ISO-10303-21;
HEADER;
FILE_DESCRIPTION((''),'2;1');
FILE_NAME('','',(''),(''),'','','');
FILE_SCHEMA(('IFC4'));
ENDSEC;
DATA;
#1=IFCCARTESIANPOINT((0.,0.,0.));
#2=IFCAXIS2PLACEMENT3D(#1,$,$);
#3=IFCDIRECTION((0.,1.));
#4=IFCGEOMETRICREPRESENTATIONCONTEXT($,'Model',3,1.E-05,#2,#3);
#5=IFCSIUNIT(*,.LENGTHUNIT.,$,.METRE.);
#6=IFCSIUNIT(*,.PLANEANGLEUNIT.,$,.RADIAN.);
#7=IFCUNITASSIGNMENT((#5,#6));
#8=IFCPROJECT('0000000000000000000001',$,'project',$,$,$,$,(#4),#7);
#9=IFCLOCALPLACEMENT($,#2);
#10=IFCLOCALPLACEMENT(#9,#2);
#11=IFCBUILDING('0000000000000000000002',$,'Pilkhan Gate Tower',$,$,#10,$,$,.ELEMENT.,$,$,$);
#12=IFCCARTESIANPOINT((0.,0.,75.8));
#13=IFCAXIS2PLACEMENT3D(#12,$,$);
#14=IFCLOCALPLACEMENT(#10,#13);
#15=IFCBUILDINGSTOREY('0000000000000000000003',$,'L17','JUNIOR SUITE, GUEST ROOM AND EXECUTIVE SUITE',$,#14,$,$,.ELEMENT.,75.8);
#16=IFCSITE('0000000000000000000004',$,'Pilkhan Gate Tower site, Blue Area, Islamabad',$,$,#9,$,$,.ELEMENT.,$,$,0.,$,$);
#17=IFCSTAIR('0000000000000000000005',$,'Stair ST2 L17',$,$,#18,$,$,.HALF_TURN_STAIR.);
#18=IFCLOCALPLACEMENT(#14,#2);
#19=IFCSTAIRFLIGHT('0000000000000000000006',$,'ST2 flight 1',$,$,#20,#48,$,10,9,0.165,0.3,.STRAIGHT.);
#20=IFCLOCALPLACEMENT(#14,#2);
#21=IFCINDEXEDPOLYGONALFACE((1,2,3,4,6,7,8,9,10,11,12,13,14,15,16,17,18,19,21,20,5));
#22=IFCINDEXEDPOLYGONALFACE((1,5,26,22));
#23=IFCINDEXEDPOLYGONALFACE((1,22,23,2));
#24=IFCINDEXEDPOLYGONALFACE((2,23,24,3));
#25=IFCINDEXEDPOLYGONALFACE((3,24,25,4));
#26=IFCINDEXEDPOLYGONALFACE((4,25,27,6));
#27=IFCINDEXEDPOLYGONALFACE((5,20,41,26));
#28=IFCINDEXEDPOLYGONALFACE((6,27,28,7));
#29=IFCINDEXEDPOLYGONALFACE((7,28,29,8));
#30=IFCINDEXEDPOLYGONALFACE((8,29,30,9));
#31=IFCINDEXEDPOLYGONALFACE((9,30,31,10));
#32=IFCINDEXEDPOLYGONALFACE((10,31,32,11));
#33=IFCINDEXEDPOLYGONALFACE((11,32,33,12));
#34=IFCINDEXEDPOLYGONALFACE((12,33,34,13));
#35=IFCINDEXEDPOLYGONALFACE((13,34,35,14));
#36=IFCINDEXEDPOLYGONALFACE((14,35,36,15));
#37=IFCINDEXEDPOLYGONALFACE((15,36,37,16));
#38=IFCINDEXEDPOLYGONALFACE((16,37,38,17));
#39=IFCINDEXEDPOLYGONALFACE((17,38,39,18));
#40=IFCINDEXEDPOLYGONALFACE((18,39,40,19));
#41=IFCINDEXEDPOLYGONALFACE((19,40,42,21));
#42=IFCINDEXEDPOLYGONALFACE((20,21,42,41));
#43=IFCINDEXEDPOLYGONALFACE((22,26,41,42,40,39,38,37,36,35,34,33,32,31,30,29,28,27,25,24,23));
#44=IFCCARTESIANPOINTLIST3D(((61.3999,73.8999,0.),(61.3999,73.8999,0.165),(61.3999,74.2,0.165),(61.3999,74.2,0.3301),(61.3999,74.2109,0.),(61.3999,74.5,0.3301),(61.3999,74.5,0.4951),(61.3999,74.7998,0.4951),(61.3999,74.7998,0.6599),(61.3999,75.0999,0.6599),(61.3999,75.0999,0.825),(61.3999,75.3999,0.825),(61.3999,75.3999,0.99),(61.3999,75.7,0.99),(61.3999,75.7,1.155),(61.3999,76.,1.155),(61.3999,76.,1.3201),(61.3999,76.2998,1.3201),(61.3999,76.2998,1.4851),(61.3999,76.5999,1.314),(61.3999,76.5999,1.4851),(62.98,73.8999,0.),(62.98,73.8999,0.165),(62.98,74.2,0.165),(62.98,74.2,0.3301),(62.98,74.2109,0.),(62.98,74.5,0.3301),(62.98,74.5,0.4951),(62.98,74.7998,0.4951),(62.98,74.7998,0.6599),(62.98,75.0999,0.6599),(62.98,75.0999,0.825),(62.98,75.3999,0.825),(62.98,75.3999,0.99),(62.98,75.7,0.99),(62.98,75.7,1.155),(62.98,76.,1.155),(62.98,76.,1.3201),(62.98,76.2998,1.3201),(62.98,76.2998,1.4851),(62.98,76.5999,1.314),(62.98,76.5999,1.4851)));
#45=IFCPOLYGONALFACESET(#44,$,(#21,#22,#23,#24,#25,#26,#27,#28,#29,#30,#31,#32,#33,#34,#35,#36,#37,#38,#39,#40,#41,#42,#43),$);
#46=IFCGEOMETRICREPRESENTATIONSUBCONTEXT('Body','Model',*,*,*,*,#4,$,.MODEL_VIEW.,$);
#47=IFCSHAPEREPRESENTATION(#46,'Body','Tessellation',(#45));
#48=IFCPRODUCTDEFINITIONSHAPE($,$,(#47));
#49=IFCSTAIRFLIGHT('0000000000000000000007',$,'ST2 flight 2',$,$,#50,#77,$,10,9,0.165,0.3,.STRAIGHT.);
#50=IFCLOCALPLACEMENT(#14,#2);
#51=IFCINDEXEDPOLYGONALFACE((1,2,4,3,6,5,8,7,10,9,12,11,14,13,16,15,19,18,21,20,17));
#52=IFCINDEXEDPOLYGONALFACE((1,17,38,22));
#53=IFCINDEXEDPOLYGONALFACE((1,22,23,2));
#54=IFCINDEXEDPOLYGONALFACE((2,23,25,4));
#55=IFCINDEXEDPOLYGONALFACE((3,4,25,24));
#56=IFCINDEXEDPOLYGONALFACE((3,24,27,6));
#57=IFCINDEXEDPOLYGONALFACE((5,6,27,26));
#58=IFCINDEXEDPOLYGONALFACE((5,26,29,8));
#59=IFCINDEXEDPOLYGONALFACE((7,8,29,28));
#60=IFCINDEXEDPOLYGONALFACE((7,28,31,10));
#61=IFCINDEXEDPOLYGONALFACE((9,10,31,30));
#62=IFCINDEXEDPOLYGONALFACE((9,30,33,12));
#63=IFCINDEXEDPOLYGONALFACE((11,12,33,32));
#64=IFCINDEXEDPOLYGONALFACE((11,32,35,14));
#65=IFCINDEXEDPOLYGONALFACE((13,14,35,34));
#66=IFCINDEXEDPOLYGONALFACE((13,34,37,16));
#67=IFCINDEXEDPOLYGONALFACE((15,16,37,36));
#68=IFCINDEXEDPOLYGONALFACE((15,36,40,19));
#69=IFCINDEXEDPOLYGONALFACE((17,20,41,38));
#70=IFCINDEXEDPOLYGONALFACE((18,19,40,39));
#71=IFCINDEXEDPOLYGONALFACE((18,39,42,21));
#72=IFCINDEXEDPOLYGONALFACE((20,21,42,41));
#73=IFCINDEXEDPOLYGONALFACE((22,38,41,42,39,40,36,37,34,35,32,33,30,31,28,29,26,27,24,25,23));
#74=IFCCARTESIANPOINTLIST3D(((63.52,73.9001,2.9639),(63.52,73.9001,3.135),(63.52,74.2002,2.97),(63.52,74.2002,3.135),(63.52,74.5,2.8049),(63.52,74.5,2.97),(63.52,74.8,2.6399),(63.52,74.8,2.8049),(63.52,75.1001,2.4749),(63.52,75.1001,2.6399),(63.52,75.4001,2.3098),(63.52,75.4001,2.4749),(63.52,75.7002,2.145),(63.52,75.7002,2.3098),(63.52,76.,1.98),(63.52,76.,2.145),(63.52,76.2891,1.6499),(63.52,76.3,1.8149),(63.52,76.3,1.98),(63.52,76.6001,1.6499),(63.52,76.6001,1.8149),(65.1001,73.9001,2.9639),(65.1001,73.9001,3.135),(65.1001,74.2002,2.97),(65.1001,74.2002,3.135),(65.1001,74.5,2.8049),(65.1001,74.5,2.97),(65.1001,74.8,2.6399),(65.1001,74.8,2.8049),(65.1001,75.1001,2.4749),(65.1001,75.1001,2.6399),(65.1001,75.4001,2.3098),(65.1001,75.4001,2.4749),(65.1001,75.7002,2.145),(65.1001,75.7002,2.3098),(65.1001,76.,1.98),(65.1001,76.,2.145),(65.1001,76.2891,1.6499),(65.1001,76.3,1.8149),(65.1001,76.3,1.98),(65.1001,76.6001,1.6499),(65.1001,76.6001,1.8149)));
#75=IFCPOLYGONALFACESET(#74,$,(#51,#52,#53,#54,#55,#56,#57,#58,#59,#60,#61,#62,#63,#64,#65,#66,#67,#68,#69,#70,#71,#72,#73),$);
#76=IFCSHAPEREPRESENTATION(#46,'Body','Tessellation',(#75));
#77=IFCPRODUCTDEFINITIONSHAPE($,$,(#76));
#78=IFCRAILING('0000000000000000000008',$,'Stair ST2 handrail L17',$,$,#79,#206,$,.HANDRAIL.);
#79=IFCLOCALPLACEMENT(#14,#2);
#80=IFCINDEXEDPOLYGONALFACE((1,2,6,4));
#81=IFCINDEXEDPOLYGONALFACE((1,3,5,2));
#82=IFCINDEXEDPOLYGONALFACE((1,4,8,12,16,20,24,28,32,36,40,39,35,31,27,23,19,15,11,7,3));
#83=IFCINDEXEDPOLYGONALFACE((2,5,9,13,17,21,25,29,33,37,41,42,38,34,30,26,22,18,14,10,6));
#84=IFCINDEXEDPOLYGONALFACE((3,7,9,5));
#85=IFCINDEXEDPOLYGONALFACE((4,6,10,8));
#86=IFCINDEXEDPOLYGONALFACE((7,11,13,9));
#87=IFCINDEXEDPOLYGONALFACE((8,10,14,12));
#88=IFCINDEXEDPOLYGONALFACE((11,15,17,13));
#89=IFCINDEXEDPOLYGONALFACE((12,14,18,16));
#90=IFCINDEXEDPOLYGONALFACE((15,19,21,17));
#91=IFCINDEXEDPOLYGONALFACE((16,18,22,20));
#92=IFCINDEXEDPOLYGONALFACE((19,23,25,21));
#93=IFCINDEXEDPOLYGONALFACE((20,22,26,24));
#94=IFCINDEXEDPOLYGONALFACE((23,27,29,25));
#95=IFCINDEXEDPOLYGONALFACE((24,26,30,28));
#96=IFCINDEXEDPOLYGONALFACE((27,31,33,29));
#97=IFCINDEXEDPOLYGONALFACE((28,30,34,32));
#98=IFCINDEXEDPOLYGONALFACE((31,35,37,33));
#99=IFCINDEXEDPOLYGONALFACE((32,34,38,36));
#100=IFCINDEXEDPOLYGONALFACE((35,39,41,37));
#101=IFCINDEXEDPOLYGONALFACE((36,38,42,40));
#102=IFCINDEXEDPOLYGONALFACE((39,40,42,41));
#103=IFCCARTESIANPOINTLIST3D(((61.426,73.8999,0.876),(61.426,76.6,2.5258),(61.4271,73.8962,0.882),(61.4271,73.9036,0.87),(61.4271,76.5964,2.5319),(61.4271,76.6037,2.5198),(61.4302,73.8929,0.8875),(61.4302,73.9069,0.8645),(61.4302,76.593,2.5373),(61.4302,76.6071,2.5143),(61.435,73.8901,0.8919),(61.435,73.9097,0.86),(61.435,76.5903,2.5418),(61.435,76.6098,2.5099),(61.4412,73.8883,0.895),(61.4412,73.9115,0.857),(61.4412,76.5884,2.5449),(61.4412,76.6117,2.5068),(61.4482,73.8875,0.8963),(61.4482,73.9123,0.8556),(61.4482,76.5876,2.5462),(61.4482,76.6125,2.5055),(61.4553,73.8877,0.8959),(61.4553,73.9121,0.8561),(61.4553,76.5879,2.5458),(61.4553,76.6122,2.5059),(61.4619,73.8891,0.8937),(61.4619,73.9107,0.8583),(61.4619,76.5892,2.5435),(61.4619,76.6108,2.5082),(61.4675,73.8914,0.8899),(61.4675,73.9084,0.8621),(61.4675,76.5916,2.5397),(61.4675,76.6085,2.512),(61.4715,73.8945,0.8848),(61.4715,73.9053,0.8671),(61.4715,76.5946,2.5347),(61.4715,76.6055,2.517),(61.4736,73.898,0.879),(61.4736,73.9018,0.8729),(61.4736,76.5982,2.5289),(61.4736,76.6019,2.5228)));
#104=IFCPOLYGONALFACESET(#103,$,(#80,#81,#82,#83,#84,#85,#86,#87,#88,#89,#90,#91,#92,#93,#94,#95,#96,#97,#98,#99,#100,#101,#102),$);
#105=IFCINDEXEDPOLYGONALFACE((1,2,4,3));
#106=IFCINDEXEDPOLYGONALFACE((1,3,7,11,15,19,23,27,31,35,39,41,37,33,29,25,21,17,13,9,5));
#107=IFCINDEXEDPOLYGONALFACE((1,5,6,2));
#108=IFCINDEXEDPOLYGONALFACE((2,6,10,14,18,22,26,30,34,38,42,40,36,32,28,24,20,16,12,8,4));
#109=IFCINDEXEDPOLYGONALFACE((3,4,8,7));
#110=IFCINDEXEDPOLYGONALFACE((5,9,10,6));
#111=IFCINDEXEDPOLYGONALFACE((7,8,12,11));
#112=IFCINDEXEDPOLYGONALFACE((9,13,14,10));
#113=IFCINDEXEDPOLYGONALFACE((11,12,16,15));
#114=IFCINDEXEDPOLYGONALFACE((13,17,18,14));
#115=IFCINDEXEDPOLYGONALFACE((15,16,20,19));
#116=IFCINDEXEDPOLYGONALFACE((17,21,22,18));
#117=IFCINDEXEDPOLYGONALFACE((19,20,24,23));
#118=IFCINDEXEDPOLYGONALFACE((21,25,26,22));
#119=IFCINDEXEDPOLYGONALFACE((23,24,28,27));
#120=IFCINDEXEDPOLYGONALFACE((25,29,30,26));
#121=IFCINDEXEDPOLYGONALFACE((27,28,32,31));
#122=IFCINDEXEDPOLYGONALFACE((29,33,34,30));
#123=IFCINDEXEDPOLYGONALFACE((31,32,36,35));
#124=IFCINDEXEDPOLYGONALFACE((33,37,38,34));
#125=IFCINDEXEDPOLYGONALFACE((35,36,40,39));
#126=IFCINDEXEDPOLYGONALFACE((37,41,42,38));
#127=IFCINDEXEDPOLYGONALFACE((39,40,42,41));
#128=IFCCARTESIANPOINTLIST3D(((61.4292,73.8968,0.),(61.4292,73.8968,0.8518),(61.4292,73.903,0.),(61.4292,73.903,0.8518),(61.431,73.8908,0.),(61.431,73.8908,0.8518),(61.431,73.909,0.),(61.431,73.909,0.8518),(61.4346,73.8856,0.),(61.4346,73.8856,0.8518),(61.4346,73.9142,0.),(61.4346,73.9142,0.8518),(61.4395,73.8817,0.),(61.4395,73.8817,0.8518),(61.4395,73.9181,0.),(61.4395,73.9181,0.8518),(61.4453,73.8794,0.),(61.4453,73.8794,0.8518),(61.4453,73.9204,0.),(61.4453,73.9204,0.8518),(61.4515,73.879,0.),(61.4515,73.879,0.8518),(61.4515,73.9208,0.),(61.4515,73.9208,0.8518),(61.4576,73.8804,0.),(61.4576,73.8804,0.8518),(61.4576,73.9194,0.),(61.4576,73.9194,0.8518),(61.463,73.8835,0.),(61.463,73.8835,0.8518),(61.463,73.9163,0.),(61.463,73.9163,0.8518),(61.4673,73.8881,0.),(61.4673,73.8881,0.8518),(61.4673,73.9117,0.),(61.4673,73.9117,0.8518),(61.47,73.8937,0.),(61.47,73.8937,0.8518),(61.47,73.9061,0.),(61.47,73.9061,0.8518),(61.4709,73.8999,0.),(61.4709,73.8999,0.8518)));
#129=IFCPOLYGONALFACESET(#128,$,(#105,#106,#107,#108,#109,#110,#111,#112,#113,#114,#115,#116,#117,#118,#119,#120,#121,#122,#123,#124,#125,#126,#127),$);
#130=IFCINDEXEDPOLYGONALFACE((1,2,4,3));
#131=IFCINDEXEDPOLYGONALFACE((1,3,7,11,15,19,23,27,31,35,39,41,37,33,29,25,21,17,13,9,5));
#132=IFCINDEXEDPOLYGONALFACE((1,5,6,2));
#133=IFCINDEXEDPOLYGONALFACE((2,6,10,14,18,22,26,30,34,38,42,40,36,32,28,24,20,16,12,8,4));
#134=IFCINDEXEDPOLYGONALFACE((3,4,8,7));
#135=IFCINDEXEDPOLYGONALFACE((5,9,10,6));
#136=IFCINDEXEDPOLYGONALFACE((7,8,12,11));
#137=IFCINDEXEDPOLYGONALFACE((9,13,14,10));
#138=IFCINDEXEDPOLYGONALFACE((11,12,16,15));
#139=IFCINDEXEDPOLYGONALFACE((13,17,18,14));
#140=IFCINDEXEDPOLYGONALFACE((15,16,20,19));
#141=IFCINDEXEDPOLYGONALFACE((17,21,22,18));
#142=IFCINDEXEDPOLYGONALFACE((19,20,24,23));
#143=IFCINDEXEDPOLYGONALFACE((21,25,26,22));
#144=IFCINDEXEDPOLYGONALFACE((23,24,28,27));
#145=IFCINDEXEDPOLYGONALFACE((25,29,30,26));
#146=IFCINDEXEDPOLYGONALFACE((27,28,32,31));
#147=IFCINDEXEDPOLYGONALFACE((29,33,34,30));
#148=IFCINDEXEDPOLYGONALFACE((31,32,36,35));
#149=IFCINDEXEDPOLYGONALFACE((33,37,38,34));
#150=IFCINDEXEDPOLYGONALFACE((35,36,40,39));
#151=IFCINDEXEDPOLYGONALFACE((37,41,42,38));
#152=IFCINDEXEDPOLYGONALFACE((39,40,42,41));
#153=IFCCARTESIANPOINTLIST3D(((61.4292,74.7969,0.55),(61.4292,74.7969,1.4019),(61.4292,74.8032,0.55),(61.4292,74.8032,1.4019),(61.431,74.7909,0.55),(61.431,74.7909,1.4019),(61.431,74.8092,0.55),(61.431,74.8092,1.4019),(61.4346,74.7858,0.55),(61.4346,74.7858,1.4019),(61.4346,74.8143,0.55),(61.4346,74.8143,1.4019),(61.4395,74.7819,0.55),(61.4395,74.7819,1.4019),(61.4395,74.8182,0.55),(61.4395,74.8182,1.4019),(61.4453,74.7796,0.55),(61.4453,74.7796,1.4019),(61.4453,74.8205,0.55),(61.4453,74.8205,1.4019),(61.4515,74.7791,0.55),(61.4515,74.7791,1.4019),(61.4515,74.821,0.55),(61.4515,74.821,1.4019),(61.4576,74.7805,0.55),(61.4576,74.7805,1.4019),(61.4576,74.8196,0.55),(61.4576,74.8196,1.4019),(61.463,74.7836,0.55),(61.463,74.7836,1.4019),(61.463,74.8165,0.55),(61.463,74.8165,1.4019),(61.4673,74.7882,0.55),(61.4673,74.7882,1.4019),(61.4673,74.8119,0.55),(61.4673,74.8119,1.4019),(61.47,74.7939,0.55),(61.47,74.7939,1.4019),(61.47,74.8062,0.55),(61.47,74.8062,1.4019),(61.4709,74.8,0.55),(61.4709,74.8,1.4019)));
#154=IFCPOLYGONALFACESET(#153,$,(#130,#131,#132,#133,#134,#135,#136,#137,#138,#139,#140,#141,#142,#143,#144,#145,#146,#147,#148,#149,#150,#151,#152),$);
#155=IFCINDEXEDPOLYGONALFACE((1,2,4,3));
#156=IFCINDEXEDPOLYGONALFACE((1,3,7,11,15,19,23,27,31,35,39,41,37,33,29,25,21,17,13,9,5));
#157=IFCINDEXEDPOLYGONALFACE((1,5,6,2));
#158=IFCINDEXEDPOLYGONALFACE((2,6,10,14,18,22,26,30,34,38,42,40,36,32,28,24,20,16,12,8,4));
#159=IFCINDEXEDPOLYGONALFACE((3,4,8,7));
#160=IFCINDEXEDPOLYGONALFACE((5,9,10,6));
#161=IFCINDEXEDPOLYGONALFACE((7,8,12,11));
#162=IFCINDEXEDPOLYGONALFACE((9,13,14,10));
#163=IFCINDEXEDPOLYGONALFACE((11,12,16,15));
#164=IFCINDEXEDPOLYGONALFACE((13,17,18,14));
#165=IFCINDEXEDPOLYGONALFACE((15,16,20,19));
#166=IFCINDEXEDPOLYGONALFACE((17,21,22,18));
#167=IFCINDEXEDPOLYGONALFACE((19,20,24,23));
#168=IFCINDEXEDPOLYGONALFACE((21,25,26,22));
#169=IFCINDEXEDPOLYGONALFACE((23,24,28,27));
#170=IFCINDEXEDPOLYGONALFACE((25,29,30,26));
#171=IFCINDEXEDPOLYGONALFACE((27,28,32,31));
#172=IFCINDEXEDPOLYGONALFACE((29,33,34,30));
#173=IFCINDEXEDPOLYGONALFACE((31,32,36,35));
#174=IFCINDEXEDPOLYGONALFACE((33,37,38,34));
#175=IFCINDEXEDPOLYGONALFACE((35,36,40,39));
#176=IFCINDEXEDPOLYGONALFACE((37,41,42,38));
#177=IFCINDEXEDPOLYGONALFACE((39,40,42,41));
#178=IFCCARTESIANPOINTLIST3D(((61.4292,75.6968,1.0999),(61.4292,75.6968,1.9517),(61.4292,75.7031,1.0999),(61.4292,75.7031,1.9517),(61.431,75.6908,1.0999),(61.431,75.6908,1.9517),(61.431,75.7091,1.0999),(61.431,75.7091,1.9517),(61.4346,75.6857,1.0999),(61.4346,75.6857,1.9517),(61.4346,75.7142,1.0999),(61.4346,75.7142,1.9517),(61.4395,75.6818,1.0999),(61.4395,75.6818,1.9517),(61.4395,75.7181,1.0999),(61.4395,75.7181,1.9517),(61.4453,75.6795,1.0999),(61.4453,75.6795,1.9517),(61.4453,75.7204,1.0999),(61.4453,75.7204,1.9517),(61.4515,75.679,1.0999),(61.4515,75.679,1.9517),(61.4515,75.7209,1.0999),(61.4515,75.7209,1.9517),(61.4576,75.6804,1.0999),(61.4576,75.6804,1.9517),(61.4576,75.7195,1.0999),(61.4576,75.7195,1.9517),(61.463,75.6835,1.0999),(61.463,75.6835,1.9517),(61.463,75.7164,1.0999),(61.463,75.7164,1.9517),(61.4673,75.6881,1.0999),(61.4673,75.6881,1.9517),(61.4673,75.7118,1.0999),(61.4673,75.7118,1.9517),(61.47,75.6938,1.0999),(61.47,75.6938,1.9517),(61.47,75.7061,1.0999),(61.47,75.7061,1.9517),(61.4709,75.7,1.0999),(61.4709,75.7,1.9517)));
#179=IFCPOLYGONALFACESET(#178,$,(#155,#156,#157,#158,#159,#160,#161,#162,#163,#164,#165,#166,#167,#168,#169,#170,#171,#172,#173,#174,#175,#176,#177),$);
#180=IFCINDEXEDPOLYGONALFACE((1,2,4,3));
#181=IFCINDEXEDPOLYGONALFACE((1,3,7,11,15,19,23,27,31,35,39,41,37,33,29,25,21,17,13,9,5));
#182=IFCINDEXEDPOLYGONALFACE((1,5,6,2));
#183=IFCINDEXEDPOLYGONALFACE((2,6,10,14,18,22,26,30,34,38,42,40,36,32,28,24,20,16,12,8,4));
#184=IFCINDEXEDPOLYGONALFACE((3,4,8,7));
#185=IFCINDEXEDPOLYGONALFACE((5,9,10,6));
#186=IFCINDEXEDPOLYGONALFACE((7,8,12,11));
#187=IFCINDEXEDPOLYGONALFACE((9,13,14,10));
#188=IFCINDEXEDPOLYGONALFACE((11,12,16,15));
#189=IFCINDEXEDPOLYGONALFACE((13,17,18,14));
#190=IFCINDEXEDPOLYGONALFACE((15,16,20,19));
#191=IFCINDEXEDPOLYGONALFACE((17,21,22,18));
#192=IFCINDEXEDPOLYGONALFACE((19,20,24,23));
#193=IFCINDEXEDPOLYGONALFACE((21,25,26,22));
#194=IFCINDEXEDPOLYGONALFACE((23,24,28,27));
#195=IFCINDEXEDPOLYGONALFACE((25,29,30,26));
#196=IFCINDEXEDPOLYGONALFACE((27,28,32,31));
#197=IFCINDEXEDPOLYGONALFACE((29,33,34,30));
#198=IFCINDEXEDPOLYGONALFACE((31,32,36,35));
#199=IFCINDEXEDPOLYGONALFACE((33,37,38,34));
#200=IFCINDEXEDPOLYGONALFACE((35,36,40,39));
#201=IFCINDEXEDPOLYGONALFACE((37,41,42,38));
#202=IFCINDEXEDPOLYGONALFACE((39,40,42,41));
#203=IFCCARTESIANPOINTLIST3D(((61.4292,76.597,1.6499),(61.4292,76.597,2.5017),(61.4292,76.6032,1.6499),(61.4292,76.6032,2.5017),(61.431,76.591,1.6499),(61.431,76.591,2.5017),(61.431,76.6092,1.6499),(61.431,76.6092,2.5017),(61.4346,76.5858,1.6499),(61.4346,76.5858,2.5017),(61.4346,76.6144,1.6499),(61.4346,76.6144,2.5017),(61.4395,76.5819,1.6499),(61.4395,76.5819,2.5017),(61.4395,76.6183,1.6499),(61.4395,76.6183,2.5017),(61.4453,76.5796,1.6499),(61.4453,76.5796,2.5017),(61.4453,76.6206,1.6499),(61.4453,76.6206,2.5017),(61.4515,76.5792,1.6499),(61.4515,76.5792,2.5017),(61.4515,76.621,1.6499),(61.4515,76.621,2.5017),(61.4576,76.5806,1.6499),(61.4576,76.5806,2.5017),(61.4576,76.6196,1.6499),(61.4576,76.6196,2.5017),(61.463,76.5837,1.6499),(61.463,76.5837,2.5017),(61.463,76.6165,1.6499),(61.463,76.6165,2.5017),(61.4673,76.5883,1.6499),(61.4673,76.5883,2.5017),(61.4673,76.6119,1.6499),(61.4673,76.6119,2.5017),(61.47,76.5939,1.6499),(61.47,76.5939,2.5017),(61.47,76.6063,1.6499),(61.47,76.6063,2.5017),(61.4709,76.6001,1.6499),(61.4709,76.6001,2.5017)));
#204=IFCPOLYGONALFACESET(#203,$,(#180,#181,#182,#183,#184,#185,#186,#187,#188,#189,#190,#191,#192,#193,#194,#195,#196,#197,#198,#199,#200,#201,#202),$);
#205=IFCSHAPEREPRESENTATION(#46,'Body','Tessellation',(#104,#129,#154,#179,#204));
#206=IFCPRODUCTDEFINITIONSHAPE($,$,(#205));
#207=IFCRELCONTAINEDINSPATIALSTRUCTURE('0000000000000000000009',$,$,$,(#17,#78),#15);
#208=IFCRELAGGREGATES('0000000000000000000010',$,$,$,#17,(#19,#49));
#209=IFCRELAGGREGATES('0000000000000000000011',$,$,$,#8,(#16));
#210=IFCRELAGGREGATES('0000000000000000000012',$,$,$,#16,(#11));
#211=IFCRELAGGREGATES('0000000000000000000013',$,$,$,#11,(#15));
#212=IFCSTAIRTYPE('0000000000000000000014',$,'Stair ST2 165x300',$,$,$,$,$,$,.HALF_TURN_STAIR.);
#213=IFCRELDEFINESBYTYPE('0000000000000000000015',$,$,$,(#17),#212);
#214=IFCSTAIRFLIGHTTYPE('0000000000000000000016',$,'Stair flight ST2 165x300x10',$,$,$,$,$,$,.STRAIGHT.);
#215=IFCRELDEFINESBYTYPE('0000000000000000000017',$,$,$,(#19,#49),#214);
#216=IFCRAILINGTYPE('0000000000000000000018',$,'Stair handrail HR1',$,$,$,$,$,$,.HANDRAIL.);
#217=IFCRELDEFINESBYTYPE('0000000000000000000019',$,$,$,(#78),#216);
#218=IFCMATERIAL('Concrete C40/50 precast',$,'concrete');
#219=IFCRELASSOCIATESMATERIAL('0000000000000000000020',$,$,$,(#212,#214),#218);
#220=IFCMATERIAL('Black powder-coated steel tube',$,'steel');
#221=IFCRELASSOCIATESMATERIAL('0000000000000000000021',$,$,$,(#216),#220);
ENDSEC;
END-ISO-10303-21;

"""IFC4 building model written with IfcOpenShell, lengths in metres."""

from ifc_helpers import new_model, si_unit, direction, frame, origin, origin_2d, place, context, subcontext, project, spatial, polyline, circle, outline, extrude, material, type_object, element, aggregate, save


model = new_model("IFC4")

# Units and contexts
model_context = context("Model", 3, precision=1e-05, world=origin(), true_north=direction((0.0, 1.0)))
body_context = subcontext(model_context, "Body", "Model", "MODEL_VIEW")
ifc_project = project(units=[si_unit("LENGTHUNIT", "METRE"), si_unit("PLANEANGLEUNIT", "RADIAN")], contexts=[model_context])

# Site, building, storey
site_placement = place(None, origin())
site = spatial("IfcSite", under=ifc_project, at=site_placement, Name="Pilkhan Gate Tower site, Blue Area, Islamabad", CompositionType="ELEMENT", RefElevation=0.0)
building_placement = place(site_placement, origin())
building = spatial("IfcBuilding", under=site, at=building_placement, Name="Pilkhan Gate Tower", CompositionType="ELEMENT")
storey_placement = place(building_placement, frame((0.0, 0.0, 75.8)))
storey = spatial("IfcBuildingStorey", under=building, at=storey_placement, Name="L17", Description="JUNIOR SUITE, GUEST ROOM AND EXECUTIVE SUITE", CompositionType="ELEMENT", Elevation=75.8)

# Stair, stair flights
ifc_material_1 = material(Name="Concrete C40/50 precast", Category="concrete")
stair_type = type_object("IfcStairType", Name="Stair ST2 165x300", PredefinedType="HALF_TURN_STAIR", material=ifc_material_1)
stair_placement = place(storey_placement, origin())
stair = element("IfcStair", 1, at=stair_placement, inside=storey, type_object=stair_type, Name="Stair ST2 L17", PredefinedType="HALF_TURN_STAIR")
stair_flight_type = type_object("IfcStairFlightType", Name="Stair flight ST2 165x300x10", PredefinedType="STRAIGHT", material=ifc_material_1)
stair_flight_1_placement = place(storey_placement, frame((62.1899, 73.8999, 0.0), z_axis=(0.0, 0.0, 1.0), x_axis=(0.0, 1.0, 0.0)))
stair_flight_1 = element("IfcStairFlight", 2, at=stair_flight_1_placement, type_object=stair_flight_type, Name="ST2 flight 1", NumberOfRisers=10, NumberOfTreads=9, PredefinedType="STRAIGHT", RiserHeight=0.165, TreadLength=0.3, context=body_context, shape_type="SweptSolid", body=[
    extrude(outline(polyline([(0.0, 0.0), (0.0, 0.165), (0.3, 0.165), (0.3, 0.3301), (0.6001, 0.3301), (0.6001, 0.4951), (0.8999, 0.4951), (0.8999, 0.6599), (1.2, 0.6599), (1.2, 0.825), (1.5, 0.825), (1.5, 0.99), (1.8, 0.99), (1.8, 1.155), (2.1001, 1.155), (2.1001, 1.3201), (2.3999, 1.3201), (2.3999, 1.4851), (2.7, 1.4851), (2.7, 1.6499), (2.7, 1.314), (0.311, 0.0), (0.0, 0.0)])), frame((0.0, 0.79, 0.0), z_axis=(0.0, -1.0, 0.0), x_axis=(1.0, 0.0, 0.0)), (0.0, 0.0, 1.0), 1.5801),
])
stair_flight_2_placement = place(storey_placement, frame((64.3101, 76.6001, 1.6499), z_axis=(0.0, 0.0, 1.0), x_axis=(0.0, -1.0, 0.0)))
stair_flight_2 = element("IfcStairFlight", 3, at=stair_flight_2_placement, type_object=stair_flight_type, Name="ST2 flight 2", NumberOfRisers=10, NumberOfTreads=9, PredefinedType="STRAIGHT", RiserHeight=0.165, TreadLength=0.3, context=body_context, shape_type="SweptSolid", body=[
    extrude(outline(polyline([(0.0, 0.0), (0.0, 0.165), (0.3, 0.165), (0.3, 0.3301), (0.6001, 0.3301), (0.6001, 0.4951), (0.8999, 0.4951), (0.8999, 0.6599), (1.2, 0.6599), (1.2, 0.825), (1.5, 0.825), (1.5, 0.99), (1.8, 0.99), (1.8, 1.155), (2.1001, 1.155), (2.1001, 1.3201), (2.3999, 1.3201), (2.3999, 1.4851), (2.7, 1.4851), (2.7, 1.6499), (2.7, 1.314), (0.311, 0.0), (0.0, 0.0)])), frame((0.0, 0.79, 0.0), z_axis=(0.0, -1.0, 0.0), x_axis=(1.0, 0.0, 0.0)), (0.0, 0.0, 1.0), 1.5801),
])
aggregate(stair, [stair_flight_1, stair_flight_2])

# Railing
ifc_material_2 = material(Name="Black powder-coated steel tube", Category="steel")
railing_type_1 = type_object("IfcRailingType", Name="Stair handrail HR1", PredefinedType="HANDRAIL", material=ifc_material_2)
railing_1_placement = place(storey_placement, frame((61.45, 73.8999, 0.0)))
element("IfcRailing", 4, at=railing_1_placement, inside=storey, type_object=railing_type_1, Name="Stair ST2 handrail L17", PredefinedType="HANDRAIL", context=body_context, shape_type="SweptSolid", body=[
    extrude(circle(Radius=0.0239, at=origin_2d()), frame((0.0, 0.0, 0.876), z_axis=(0.0, 0.853312, 0.5214), x_axis=(-1.0, 0.0, 0.0)), (0.0, 0.0, 1.0), 3.1643),
    extrude(circle(Radius=0.021, at=origin_2d()), origin(), (0.0, 0.0, 1.0), 0.8518),
    extrude(circle(Radius=0.021, at=origin_2d()), frame((0.0, 0.9001, 0.55)), (0.0, 0.0, 1.0), 0.8518),
    extrude(circle(Radius=0.021, at=origin_2d()), frame((0.0, 1.8, 1.0999)), (0.0, 0.0, 1.0), 0.8518),
    extrude(circle(Radius=0.021, at=origin_2d()), frame((0.0, 2.7002, 1.6499)), (0.0, 0.0, 1.0), 0.8518),
])

save(model, "model.ifc")
